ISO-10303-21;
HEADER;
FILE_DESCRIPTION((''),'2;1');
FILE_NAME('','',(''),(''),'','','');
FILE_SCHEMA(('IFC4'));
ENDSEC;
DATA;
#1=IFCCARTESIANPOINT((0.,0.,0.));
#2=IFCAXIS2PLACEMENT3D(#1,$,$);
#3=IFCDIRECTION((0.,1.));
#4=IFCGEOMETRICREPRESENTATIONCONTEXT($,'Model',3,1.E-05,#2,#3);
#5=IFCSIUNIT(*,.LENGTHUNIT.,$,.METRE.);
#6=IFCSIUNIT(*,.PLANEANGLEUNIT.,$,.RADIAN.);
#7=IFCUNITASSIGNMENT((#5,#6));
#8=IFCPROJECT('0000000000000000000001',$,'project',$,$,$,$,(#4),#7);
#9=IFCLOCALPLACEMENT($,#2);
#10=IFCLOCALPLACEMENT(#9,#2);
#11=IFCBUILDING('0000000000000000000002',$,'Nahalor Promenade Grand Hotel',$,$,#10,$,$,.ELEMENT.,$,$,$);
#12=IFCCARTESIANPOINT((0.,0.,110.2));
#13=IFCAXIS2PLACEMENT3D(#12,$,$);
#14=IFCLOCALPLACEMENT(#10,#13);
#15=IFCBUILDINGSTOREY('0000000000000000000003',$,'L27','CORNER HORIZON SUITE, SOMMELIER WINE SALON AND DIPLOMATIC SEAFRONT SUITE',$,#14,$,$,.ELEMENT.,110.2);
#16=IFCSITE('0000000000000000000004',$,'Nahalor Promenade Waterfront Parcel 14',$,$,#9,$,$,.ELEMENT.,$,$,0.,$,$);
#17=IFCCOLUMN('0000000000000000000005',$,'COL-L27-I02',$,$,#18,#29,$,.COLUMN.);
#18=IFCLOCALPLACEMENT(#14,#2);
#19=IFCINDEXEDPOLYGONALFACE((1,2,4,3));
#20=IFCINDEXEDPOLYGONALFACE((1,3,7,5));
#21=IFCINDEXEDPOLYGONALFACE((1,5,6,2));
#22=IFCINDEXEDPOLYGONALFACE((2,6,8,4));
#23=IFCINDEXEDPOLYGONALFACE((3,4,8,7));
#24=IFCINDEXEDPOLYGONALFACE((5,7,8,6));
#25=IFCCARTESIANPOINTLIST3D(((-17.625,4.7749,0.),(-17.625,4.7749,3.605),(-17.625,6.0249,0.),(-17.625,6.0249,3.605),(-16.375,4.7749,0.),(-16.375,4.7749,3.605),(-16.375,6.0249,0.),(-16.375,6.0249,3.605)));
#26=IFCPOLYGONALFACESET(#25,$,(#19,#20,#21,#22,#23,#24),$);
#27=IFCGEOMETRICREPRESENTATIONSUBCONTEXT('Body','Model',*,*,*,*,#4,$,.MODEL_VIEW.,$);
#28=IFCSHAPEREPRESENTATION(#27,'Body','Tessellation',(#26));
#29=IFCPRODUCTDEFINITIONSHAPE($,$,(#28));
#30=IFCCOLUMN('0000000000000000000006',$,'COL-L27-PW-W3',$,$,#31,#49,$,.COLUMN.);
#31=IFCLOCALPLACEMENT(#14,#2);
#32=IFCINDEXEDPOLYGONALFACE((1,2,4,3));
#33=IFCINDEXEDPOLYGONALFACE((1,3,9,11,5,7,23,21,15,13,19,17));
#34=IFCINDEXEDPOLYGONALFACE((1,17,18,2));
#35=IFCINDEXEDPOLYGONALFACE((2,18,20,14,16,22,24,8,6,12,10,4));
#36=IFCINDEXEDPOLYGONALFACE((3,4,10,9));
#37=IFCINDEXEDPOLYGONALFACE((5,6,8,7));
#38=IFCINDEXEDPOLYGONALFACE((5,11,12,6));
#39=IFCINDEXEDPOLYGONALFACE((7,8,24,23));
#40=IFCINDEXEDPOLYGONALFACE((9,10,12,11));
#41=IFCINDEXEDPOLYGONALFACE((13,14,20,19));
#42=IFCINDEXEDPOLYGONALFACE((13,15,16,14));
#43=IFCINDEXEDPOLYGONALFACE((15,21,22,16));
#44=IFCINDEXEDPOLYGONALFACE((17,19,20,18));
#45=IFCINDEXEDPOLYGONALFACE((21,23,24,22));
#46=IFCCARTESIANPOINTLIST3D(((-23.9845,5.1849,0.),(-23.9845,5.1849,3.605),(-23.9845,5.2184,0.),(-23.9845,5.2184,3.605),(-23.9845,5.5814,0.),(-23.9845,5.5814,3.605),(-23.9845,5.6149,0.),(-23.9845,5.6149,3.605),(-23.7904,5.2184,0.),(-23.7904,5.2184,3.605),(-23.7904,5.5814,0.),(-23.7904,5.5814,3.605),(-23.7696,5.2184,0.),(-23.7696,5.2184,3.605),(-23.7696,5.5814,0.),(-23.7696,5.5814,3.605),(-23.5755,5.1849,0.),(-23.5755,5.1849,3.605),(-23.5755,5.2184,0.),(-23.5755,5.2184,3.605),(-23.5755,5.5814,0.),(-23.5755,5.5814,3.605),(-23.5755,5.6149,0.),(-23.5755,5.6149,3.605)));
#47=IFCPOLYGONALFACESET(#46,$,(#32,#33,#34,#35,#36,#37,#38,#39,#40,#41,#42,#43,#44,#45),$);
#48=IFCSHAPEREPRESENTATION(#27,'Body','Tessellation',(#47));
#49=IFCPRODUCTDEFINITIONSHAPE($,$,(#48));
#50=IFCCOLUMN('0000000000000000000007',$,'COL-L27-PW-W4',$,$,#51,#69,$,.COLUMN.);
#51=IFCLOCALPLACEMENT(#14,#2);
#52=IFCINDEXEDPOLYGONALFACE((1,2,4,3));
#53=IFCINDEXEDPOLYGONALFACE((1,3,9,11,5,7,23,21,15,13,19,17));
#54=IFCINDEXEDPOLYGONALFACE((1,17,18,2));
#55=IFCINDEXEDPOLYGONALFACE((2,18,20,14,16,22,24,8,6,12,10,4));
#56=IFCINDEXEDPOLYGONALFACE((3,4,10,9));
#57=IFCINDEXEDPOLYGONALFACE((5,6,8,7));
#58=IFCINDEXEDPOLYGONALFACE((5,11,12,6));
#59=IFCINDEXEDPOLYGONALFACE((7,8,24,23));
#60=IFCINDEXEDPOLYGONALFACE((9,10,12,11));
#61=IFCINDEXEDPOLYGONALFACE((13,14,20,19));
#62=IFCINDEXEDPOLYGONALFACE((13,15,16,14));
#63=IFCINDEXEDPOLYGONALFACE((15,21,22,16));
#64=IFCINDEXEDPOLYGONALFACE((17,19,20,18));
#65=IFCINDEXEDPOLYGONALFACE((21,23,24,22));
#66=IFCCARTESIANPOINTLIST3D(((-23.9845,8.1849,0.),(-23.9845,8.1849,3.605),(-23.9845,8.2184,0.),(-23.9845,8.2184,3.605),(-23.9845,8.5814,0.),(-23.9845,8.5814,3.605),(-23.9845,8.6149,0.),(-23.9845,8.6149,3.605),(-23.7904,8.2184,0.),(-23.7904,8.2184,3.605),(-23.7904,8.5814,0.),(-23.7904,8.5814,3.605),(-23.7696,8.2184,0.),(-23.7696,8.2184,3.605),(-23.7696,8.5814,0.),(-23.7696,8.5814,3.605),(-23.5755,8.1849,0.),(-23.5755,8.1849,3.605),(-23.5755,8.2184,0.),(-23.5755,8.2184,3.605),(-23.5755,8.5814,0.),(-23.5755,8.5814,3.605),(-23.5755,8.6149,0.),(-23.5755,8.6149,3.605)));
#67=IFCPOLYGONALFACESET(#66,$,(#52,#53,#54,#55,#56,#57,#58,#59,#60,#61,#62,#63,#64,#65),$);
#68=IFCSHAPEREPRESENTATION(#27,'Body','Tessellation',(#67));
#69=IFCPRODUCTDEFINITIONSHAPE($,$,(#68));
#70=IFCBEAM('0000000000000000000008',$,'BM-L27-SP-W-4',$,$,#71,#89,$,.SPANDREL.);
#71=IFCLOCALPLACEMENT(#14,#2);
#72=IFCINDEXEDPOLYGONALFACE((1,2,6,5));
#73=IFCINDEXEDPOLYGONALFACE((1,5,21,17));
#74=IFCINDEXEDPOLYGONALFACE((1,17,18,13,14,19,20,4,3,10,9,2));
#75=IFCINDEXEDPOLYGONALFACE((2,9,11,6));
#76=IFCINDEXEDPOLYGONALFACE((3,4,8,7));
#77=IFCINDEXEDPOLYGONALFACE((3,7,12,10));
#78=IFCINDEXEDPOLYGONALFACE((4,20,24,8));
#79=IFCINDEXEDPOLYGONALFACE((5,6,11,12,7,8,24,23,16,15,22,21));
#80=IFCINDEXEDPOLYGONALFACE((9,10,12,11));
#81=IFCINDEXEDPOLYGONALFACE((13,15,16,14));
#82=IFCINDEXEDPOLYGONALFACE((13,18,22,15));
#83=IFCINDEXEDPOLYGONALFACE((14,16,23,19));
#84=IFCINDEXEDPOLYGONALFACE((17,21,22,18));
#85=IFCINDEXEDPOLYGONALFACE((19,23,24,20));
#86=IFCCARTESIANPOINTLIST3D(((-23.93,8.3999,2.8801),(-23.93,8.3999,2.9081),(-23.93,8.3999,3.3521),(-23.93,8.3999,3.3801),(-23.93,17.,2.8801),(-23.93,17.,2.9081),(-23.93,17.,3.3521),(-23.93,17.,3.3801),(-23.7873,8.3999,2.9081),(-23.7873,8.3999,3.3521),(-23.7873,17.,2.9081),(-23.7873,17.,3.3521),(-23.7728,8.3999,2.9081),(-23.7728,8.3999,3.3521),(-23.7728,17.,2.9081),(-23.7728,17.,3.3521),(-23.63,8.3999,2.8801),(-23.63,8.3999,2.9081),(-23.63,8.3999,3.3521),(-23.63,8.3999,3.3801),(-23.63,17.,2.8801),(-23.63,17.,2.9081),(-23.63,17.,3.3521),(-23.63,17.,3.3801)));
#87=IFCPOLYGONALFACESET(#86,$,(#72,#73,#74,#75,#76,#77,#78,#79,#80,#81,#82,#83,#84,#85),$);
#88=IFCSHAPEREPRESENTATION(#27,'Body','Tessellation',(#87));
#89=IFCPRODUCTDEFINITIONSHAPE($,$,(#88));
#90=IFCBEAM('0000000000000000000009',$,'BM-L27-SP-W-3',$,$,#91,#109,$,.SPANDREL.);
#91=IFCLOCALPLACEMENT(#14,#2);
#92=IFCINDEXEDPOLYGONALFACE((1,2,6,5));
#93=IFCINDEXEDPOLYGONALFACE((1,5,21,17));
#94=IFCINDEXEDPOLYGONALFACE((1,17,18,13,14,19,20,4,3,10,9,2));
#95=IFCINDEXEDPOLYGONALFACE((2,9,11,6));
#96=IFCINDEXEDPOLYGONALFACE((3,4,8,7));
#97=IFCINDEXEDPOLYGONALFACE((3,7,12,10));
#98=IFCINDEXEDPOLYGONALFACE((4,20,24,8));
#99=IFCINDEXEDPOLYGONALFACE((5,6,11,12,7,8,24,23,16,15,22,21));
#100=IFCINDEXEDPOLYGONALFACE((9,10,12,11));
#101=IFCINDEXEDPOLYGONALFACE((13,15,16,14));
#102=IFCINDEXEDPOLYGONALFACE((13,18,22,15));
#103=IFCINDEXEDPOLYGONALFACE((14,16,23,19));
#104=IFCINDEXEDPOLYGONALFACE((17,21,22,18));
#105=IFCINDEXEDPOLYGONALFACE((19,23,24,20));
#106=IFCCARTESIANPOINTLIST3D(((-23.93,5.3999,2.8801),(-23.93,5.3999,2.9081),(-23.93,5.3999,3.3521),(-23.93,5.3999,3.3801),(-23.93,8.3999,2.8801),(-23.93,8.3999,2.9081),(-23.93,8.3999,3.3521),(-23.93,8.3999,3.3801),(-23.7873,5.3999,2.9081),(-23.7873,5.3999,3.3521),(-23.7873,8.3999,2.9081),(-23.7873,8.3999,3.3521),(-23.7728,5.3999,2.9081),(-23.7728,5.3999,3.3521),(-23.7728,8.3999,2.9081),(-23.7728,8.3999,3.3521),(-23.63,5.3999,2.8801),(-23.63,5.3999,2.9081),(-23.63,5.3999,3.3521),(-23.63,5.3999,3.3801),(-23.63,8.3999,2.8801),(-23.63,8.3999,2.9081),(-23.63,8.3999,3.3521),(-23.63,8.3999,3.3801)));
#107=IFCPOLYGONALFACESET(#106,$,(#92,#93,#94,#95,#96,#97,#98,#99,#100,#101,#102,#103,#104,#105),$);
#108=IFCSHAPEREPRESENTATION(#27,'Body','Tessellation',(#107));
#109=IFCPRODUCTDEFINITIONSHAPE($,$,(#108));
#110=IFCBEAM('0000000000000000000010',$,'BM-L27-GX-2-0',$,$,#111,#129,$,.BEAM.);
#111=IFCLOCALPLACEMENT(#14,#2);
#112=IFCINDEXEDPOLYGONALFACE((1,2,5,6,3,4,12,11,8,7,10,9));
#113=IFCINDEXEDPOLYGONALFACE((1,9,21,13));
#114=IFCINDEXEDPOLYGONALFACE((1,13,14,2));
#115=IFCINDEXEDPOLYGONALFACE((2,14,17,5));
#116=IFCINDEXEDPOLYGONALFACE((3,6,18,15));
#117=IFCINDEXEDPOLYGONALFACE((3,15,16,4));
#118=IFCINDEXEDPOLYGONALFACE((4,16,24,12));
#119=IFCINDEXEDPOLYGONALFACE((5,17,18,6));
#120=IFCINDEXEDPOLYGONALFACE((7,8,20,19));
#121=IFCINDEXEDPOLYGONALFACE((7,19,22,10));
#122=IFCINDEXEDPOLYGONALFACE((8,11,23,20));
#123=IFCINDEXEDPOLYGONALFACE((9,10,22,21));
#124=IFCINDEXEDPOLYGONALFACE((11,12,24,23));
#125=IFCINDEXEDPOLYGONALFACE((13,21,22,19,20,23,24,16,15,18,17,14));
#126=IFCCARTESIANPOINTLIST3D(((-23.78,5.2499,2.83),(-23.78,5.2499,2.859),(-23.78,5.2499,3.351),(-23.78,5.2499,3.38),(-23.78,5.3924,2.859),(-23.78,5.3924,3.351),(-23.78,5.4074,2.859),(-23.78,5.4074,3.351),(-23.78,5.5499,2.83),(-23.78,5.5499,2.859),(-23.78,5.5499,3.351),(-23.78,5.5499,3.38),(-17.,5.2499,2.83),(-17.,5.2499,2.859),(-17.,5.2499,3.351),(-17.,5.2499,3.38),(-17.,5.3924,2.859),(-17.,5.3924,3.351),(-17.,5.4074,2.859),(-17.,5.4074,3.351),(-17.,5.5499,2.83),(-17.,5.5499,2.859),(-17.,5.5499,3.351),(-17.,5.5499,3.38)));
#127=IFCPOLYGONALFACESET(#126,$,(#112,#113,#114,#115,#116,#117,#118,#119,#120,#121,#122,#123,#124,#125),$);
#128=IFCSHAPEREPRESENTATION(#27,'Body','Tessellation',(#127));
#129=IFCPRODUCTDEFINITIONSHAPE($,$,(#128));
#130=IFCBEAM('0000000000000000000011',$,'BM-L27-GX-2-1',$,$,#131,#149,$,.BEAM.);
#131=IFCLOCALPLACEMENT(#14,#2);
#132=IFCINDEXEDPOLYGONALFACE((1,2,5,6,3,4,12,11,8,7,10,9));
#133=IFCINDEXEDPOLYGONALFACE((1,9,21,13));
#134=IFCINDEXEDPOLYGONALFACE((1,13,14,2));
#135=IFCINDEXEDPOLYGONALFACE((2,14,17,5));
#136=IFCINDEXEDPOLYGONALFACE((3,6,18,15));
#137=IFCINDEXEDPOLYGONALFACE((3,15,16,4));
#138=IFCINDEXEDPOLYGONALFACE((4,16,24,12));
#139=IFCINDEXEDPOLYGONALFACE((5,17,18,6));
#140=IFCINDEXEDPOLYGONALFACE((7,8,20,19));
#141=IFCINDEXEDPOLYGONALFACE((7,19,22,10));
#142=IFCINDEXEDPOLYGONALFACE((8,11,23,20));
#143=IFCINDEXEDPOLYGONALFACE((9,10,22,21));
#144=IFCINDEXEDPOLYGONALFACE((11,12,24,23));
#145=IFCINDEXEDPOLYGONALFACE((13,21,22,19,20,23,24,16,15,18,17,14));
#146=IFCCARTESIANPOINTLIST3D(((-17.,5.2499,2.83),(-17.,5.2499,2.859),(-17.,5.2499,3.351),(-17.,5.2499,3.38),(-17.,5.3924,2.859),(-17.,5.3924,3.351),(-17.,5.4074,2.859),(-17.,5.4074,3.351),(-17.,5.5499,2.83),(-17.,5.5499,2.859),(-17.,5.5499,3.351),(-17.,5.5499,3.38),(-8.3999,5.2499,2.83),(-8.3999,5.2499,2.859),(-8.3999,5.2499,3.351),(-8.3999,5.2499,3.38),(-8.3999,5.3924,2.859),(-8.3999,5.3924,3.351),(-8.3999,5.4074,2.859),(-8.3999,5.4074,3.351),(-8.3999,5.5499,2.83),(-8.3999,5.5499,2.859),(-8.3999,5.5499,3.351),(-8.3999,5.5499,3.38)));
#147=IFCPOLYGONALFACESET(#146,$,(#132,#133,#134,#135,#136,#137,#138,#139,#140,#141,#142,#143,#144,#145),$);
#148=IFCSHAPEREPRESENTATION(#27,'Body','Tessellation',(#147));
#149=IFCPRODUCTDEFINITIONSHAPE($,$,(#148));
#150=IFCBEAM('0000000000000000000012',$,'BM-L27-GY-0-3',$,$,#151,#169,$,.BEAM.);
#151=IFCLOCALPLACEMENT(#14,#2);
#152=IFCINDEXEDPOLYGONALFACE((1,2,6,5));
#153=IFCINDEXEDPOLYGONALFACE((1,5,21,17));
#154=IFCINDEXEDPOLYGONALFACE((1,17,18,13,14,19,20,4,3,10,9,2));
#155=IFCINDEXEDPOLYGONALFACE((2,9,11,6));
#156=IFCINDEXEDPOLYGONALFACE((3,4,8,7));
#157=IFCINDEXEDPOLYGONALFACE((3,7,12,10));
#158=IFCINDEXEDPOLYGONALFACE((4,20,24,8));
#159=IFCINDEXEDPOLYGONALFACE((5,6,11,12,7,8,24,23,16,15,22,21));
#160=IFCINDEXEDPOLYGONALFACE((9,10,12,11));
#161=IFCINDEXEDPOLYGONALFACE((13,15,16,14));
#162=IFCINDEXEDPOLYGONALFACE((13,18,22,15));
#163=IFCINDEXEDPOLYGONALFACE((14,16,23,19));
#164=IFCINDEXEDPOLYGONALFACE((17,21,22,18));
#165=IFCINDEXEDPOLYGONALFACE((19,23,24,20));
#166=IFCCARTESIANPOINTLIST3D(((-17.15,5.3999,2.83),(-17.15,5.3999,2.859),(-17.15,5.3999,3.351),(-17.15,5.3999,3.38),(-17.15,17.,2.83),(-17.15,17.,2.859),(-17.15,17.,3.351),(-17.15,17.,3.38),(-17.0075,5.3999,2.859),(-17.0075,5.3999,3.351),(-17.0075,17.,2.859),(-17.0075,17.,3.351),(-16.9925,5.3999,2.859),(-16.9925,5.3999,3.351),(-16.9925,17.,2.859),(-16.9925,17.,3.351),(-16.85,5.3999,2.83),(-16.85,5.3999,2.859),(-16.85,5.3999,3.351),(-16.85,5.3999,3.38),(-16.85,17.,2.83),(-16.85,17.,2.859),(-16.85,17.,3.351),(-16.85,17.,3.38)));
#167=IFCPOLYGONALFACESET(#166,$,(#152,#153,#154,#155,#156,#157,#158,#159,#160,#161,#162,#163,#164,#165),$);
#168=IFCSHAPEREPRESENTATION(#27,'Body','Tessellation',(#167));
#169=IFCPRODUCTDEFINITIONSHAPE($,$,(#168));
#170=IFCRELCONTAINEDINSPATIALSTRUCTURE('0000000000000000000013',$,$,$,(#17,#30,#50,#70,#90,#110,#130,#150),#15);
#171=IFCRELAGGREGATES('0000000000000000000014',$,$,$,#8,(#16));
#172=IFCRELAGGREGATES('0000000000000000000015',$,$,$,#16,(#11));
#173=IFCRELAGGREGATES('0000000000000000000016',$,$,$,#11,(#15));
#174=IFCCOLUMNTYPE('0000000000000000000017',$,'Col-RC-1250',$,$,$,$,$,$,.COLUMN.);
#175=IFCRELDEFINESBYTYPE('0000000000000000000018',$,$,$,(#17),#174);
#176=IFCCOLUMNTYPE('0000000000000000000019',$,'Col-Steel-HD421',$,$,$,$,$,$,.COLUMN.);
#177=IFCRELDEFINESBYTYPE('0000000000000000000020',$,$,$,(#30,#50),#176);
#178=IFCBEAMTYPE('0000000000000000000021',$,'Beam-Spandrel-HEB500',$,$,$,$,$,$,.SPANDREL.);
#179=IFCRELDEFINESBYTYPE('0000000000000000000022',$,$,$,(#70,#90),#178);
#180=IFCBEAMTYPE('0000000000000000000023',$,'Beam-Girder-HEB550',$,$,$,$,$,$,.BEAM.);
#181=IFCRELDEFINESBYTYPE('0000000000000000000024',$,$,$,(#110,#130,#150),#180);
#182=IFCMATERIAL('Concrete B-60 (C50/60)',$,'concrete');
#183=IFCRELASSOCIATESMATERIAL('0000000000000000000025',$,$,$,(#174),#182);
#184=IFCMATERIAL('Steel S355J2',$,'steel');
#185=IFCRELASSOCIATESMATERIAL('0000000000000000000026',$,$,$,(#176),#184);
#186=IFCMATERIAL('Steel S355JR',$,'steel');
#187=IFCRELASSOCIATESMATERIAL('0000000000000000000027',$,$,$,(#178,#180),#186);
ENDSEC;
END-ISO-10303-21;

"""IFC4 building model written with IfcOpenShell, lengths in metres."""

from ifc_helpers import new_model, si_unit, direction, frame, origin, origin_2d, place, context, subcontext, project, spatial, rectangle, i_section, extrude, source, transform, mapped, material, material_profile, profile_set, type_object, element, save


model = new_model("IFC4")

# Units and contexts
model_context = context("Model", 3, precision=1e-05, world=origin(), true_north=direction((0.0, 1.0)))
body_context = subcontext(model_context, "Body", "Model", "MODEL_VIEW")
ifc_project = project(units=[si_unit("LENGTHUNIT", "METRE"), si_unit("PLANEANGLEUNIT", "RADIAN")], contexts=[model_context])

# Site, building, storey
site_placement = place(None, origin())
site = spatial("IfcSite", under=ifc_project, at=site_placement, Name="Nahalor Promenade Waterfront Parcel 14", CompositionType="ELEMENT", RefElevation=0.0)
building_placement = place(site_placement, origin())
building = spatial("IfcBuilding", under=site, at=building_placement, Name="Nahalor Promenade Grand Hotel", CompositionType="ELEMENT")
storey_placement = place(building_placement, frame((0.0, 0.0, 110.2)))
storey = spatial("IfcBuildingStorey", under=building, at=storey_placement, Name="L27", Description="CORNER HORIZON SUITE, SOMMELIER WINE SALON AND DIPLOMATIC SEAFRONT SUITE", CompositionType="ELEMENT", Elevation=110.2)

# Columns
ifc_material_1 = material(Name="Concrete B-60 (C50/60)", Category="concrete")
ifc_material_profile_1 = material_profile(ifc_material_1, rectangle(XDim=1.25, YDim=1.25, at=origin_2d()), Name="RC 1250x1250")
ifc_profile_set_1 = profile_set([ifc_material_profile_1], Name="Concrete B-60 (C50/60)")
column_type_1 = type_object("IfcColumnType", Name="Col-RC-1250", PredefinedType="COLUMN", material=ifc_profile_set_1)
shared_shape_1 = source(origin(), body_context, "Body", "SweptSolid", [
    extrude(rectangle(XDim=1.25, YDim=1.25, at=origin_2d()), origin(), (0.0, 0.0, 1.0), 3.605),
])
column_placement = place(storey_placement, frame((-17.0, 5.3999, 0.0), z_axis=(0.0, 0.0, 1.0), x_axis=(1.0, 0.0, 0.0)))
element("IfcColumn", 1, at=column_placement, inside=storey, type_object=column_type_1, Name="COL-L27-I02", PredefinedType="COLUMN", context=body_context, shape_type="MappedRepresentation", body=[
    mapped(shared_shape_1, transform((0.0, 0.0, 0.0), scale=1.0)),
])
ifc_material_2 = material(Name="Steel S355J2", Category="steel")
ifc_material_profile_2 = material_profile(ifc_material_2, i_section(OverallWidth=0.409, OverallDepth=0.43, WebThickness=0.0208, FlangeThickness=0.0335, at=origin_2d()), Name="HD 400x421")
ifc_profile_set_2 = profile_set([ifc_material_profile_2], Name="Steel S355J2")
column_type_2 = type_object("IfcColumnType", Name="Col-Steel-HD421", PredefinedType="COLUMN", material=ifc_profile_set_2)
shared_shape_2 = source(origin(), body_context, "Body", "SweptSolid", [
    extrude(i_section(OverallWidth=0.409, OverallDepth=0.43, WebThickness=0.0208, FlangeThickness=0.0335, at=origin_2d()), origin(), (0.0, 0.0, 1.0), 3.605),
])
for number, where, z_axis, x_axis, name in (
    (2, (-23.78, 5.3999, 0.0), (0.0, 0.0, 1.0), (1.0, 0.0, 0.0), "COL-L27-PW-W3"),
    (3, (-23.78, 8.3999, 0.0), (0.0, 0.0, 1.0), (1.0, 0.0, 0.0), "COL-L27-PW-W4"),
):
    element("IfcColumn", number, at=place(storey_placement, frame(where, z_axis=z_axis, x_axis=x_axis)), inside=storey, type_object=column_type_2, Name=name, PredefinedType="COLUMN", context=body_context, shape_type="MappedRepresentation", body=[
        mapped(shared_shape_2, transform((0.0, 0.0, 0.0), scale=1.0)),
    ])

# Beams
ifc_material_3 = material(Name="Steel S355JR", Category="steel")
ifc_material_profile_3 = material_profile(ifc_material_3, i_section(OverallWidth=0.3, OverallDepth=0.5, WebThickness=0.0145, FlangeThickness=0.028, at=origin_2d()), Name="HEB 500")
ifc_profile_set_3 = profile_set([ifc_material_profile_3], Name="Steel S355JR")
beam_type_1 = type_object("IfcBeamType", Name="Beam-Spandrel-HEB500", PredefinedType="SPANDREL", material=ifc_profile_set_3)
shared_shape_3 = source(origin(), body_context, "Body", "SweptSolid", [
    extrude(i_section(OverallWidth=0.3, OverallDepth=0.5, WebThickness=0.0145, FlangeThickness=0.028, at=origin_2d()), origin(), (0.0, 0.0, 1.0), 8.6001),
])
beam_1_placement = place(storey_placement, frame((-23.78, 8.3999, 3.1301), z_axis=(0.0, 1.0, 0.0), x_axis=(-1.0, 0.0, 0.0)))
element("IfcBeam", 4, at=beam_1_placement, inside=storey, type_object=beam_type_1, Name="BM-L27-SP-W-4", PredefinedType="SPANDREL", context=body_context, shape_type="MappedRepresentation", body=[
    mapped(shared_shape_3, transform((0.0, 0.0, 0.0), scale=1.0)),
])
shared_shape_4 = source(origin(), body_context, "Body", "SweptSolid", [
    extrude(i_section(OverallWidth=0.3, OverallDepth=0.5, WebThickness=0.0145, FlangeThickness=0.028, at=origin_2d()), origin(), (0.0, 0.0, 1.0), 3.0),
])
beam_2_placement = place(storey_placement, frame((-23.78, 5.3999, 3.1301), z_axis=(0.0, 1.0, 0.0), x_axis=(-1.0, 0.0, 0.0)))
element("IfcBeam", 5, at=beam_2_placement, inside=storey, type_object=beam_type_1, Name="BM-L27-SP-W-3", PredefinedType="SPANDREL", context=body_context, shape_type="MappedRepresentation", body=[
    mapped(shared_shape_4, transform((0.0, 0.0, 0.0), scale=1.0)),
])
ifc_material_profile_4 = material_profile(ifc_material_3, i_section(OverallWidth=0.3, OverallDepth=0.55, WebThickness=0.015, FlangeThickness=0.029, at=origin_2d()), Name="HEB 550")
ifc_profile_set_4 = profile_set([ifc_material_profile_4], Name="Steel S355JR")
beam_type_2 = type_object("IfcBeamType", Name="Beam-Girder-HEB550", PredefinedType="BEAM", material=ifc_profile_set_4)
shared_shape_5 = source(origin(), body_context, "Body", "SweptSolid", [
    extrude(i_section(OverallWidth=0.3, OverallDepth=0.55, WebThickness=0.015, FlangeThickness=0.029, at=origin_2d()), origin(), (0.0, 0.0, 1.0), 6.78),
])
beam_3_placement = place(storey_placement, frame((-23.78, 5.3999, 3.105), z_axis=(1.0, 0.0, 0.0), x_axis=(0.0, 1.0, 0.0)))
element("IfcBeam", 6, at=beam_3_placement, inside=storey, type_object=beam_type_2, Name="BM-L27-GX-2-0", PredefinedType="BEAM", context=body_context, shape_type="MappedRepresentation", body=[
    mapped(shared_shape_5, transform((0.0, 0.0, 0.0), scale=1.0)),
])
shared_shape_6 = source(origin(), body_context, "Body", "SweptSolid", [
    extrude(i_section(OverallWidth=0.3, OverallDepth=0.55, WebThickness=0.015, FlangeThickness=0.029, at=origin_2d()), origin(), (0.0, 0.0, 1.0), 8.6001),
])
beam_4_placement = place(storey_placement, frame((-17.0, 5.3999, 3.105), z_axis=(1.0, 0.0, 0.0), x_axis=(0.0, 1.0, 0.0)))
element("IfcBeam", 7, at=beam_4_placement, inside=storey, type_object=beam_type_2, Name="BM-L27-GX-2-1", PredefinedType="BEAM", context=body_context, shape_type="MappedRepresentation", body=[
    mapped(shared_shape_6, transform((0.0, 0.0, 0.0), scale=1.0)),
])
shared_shape_7 = source(origin(), body_context, "Body", "SweptSolid", [
    extrude(i_section(OverallWidth=0.3, OverallDepth=0.55, WebThickness=0.015, FlangeThickness=0.029, at=origin_2d()), origin(), (0.0, 0.0, 1.0), 11.6001),
])
beam_5_placement = place(storey_placement, frame((-17.0, 5.3999, 3.105), z_axis=(0.0, 1.0, 0.0), x_axis=(-1.0, 0.0, 0.0)))
element("IfcBeam", 8, at=beam_5_placement, inside=storey, type_object=beam_type_2, Name="BM-L27-GY-0-3", PredefinedType="BEAM", context=body_context, shape_type="MappedRepresentation", body=[
    mapped(shared_shape_7, transform((0.0, 0.0, 0.0), scale=1.0)),
])

save(model, "model.ifc")
